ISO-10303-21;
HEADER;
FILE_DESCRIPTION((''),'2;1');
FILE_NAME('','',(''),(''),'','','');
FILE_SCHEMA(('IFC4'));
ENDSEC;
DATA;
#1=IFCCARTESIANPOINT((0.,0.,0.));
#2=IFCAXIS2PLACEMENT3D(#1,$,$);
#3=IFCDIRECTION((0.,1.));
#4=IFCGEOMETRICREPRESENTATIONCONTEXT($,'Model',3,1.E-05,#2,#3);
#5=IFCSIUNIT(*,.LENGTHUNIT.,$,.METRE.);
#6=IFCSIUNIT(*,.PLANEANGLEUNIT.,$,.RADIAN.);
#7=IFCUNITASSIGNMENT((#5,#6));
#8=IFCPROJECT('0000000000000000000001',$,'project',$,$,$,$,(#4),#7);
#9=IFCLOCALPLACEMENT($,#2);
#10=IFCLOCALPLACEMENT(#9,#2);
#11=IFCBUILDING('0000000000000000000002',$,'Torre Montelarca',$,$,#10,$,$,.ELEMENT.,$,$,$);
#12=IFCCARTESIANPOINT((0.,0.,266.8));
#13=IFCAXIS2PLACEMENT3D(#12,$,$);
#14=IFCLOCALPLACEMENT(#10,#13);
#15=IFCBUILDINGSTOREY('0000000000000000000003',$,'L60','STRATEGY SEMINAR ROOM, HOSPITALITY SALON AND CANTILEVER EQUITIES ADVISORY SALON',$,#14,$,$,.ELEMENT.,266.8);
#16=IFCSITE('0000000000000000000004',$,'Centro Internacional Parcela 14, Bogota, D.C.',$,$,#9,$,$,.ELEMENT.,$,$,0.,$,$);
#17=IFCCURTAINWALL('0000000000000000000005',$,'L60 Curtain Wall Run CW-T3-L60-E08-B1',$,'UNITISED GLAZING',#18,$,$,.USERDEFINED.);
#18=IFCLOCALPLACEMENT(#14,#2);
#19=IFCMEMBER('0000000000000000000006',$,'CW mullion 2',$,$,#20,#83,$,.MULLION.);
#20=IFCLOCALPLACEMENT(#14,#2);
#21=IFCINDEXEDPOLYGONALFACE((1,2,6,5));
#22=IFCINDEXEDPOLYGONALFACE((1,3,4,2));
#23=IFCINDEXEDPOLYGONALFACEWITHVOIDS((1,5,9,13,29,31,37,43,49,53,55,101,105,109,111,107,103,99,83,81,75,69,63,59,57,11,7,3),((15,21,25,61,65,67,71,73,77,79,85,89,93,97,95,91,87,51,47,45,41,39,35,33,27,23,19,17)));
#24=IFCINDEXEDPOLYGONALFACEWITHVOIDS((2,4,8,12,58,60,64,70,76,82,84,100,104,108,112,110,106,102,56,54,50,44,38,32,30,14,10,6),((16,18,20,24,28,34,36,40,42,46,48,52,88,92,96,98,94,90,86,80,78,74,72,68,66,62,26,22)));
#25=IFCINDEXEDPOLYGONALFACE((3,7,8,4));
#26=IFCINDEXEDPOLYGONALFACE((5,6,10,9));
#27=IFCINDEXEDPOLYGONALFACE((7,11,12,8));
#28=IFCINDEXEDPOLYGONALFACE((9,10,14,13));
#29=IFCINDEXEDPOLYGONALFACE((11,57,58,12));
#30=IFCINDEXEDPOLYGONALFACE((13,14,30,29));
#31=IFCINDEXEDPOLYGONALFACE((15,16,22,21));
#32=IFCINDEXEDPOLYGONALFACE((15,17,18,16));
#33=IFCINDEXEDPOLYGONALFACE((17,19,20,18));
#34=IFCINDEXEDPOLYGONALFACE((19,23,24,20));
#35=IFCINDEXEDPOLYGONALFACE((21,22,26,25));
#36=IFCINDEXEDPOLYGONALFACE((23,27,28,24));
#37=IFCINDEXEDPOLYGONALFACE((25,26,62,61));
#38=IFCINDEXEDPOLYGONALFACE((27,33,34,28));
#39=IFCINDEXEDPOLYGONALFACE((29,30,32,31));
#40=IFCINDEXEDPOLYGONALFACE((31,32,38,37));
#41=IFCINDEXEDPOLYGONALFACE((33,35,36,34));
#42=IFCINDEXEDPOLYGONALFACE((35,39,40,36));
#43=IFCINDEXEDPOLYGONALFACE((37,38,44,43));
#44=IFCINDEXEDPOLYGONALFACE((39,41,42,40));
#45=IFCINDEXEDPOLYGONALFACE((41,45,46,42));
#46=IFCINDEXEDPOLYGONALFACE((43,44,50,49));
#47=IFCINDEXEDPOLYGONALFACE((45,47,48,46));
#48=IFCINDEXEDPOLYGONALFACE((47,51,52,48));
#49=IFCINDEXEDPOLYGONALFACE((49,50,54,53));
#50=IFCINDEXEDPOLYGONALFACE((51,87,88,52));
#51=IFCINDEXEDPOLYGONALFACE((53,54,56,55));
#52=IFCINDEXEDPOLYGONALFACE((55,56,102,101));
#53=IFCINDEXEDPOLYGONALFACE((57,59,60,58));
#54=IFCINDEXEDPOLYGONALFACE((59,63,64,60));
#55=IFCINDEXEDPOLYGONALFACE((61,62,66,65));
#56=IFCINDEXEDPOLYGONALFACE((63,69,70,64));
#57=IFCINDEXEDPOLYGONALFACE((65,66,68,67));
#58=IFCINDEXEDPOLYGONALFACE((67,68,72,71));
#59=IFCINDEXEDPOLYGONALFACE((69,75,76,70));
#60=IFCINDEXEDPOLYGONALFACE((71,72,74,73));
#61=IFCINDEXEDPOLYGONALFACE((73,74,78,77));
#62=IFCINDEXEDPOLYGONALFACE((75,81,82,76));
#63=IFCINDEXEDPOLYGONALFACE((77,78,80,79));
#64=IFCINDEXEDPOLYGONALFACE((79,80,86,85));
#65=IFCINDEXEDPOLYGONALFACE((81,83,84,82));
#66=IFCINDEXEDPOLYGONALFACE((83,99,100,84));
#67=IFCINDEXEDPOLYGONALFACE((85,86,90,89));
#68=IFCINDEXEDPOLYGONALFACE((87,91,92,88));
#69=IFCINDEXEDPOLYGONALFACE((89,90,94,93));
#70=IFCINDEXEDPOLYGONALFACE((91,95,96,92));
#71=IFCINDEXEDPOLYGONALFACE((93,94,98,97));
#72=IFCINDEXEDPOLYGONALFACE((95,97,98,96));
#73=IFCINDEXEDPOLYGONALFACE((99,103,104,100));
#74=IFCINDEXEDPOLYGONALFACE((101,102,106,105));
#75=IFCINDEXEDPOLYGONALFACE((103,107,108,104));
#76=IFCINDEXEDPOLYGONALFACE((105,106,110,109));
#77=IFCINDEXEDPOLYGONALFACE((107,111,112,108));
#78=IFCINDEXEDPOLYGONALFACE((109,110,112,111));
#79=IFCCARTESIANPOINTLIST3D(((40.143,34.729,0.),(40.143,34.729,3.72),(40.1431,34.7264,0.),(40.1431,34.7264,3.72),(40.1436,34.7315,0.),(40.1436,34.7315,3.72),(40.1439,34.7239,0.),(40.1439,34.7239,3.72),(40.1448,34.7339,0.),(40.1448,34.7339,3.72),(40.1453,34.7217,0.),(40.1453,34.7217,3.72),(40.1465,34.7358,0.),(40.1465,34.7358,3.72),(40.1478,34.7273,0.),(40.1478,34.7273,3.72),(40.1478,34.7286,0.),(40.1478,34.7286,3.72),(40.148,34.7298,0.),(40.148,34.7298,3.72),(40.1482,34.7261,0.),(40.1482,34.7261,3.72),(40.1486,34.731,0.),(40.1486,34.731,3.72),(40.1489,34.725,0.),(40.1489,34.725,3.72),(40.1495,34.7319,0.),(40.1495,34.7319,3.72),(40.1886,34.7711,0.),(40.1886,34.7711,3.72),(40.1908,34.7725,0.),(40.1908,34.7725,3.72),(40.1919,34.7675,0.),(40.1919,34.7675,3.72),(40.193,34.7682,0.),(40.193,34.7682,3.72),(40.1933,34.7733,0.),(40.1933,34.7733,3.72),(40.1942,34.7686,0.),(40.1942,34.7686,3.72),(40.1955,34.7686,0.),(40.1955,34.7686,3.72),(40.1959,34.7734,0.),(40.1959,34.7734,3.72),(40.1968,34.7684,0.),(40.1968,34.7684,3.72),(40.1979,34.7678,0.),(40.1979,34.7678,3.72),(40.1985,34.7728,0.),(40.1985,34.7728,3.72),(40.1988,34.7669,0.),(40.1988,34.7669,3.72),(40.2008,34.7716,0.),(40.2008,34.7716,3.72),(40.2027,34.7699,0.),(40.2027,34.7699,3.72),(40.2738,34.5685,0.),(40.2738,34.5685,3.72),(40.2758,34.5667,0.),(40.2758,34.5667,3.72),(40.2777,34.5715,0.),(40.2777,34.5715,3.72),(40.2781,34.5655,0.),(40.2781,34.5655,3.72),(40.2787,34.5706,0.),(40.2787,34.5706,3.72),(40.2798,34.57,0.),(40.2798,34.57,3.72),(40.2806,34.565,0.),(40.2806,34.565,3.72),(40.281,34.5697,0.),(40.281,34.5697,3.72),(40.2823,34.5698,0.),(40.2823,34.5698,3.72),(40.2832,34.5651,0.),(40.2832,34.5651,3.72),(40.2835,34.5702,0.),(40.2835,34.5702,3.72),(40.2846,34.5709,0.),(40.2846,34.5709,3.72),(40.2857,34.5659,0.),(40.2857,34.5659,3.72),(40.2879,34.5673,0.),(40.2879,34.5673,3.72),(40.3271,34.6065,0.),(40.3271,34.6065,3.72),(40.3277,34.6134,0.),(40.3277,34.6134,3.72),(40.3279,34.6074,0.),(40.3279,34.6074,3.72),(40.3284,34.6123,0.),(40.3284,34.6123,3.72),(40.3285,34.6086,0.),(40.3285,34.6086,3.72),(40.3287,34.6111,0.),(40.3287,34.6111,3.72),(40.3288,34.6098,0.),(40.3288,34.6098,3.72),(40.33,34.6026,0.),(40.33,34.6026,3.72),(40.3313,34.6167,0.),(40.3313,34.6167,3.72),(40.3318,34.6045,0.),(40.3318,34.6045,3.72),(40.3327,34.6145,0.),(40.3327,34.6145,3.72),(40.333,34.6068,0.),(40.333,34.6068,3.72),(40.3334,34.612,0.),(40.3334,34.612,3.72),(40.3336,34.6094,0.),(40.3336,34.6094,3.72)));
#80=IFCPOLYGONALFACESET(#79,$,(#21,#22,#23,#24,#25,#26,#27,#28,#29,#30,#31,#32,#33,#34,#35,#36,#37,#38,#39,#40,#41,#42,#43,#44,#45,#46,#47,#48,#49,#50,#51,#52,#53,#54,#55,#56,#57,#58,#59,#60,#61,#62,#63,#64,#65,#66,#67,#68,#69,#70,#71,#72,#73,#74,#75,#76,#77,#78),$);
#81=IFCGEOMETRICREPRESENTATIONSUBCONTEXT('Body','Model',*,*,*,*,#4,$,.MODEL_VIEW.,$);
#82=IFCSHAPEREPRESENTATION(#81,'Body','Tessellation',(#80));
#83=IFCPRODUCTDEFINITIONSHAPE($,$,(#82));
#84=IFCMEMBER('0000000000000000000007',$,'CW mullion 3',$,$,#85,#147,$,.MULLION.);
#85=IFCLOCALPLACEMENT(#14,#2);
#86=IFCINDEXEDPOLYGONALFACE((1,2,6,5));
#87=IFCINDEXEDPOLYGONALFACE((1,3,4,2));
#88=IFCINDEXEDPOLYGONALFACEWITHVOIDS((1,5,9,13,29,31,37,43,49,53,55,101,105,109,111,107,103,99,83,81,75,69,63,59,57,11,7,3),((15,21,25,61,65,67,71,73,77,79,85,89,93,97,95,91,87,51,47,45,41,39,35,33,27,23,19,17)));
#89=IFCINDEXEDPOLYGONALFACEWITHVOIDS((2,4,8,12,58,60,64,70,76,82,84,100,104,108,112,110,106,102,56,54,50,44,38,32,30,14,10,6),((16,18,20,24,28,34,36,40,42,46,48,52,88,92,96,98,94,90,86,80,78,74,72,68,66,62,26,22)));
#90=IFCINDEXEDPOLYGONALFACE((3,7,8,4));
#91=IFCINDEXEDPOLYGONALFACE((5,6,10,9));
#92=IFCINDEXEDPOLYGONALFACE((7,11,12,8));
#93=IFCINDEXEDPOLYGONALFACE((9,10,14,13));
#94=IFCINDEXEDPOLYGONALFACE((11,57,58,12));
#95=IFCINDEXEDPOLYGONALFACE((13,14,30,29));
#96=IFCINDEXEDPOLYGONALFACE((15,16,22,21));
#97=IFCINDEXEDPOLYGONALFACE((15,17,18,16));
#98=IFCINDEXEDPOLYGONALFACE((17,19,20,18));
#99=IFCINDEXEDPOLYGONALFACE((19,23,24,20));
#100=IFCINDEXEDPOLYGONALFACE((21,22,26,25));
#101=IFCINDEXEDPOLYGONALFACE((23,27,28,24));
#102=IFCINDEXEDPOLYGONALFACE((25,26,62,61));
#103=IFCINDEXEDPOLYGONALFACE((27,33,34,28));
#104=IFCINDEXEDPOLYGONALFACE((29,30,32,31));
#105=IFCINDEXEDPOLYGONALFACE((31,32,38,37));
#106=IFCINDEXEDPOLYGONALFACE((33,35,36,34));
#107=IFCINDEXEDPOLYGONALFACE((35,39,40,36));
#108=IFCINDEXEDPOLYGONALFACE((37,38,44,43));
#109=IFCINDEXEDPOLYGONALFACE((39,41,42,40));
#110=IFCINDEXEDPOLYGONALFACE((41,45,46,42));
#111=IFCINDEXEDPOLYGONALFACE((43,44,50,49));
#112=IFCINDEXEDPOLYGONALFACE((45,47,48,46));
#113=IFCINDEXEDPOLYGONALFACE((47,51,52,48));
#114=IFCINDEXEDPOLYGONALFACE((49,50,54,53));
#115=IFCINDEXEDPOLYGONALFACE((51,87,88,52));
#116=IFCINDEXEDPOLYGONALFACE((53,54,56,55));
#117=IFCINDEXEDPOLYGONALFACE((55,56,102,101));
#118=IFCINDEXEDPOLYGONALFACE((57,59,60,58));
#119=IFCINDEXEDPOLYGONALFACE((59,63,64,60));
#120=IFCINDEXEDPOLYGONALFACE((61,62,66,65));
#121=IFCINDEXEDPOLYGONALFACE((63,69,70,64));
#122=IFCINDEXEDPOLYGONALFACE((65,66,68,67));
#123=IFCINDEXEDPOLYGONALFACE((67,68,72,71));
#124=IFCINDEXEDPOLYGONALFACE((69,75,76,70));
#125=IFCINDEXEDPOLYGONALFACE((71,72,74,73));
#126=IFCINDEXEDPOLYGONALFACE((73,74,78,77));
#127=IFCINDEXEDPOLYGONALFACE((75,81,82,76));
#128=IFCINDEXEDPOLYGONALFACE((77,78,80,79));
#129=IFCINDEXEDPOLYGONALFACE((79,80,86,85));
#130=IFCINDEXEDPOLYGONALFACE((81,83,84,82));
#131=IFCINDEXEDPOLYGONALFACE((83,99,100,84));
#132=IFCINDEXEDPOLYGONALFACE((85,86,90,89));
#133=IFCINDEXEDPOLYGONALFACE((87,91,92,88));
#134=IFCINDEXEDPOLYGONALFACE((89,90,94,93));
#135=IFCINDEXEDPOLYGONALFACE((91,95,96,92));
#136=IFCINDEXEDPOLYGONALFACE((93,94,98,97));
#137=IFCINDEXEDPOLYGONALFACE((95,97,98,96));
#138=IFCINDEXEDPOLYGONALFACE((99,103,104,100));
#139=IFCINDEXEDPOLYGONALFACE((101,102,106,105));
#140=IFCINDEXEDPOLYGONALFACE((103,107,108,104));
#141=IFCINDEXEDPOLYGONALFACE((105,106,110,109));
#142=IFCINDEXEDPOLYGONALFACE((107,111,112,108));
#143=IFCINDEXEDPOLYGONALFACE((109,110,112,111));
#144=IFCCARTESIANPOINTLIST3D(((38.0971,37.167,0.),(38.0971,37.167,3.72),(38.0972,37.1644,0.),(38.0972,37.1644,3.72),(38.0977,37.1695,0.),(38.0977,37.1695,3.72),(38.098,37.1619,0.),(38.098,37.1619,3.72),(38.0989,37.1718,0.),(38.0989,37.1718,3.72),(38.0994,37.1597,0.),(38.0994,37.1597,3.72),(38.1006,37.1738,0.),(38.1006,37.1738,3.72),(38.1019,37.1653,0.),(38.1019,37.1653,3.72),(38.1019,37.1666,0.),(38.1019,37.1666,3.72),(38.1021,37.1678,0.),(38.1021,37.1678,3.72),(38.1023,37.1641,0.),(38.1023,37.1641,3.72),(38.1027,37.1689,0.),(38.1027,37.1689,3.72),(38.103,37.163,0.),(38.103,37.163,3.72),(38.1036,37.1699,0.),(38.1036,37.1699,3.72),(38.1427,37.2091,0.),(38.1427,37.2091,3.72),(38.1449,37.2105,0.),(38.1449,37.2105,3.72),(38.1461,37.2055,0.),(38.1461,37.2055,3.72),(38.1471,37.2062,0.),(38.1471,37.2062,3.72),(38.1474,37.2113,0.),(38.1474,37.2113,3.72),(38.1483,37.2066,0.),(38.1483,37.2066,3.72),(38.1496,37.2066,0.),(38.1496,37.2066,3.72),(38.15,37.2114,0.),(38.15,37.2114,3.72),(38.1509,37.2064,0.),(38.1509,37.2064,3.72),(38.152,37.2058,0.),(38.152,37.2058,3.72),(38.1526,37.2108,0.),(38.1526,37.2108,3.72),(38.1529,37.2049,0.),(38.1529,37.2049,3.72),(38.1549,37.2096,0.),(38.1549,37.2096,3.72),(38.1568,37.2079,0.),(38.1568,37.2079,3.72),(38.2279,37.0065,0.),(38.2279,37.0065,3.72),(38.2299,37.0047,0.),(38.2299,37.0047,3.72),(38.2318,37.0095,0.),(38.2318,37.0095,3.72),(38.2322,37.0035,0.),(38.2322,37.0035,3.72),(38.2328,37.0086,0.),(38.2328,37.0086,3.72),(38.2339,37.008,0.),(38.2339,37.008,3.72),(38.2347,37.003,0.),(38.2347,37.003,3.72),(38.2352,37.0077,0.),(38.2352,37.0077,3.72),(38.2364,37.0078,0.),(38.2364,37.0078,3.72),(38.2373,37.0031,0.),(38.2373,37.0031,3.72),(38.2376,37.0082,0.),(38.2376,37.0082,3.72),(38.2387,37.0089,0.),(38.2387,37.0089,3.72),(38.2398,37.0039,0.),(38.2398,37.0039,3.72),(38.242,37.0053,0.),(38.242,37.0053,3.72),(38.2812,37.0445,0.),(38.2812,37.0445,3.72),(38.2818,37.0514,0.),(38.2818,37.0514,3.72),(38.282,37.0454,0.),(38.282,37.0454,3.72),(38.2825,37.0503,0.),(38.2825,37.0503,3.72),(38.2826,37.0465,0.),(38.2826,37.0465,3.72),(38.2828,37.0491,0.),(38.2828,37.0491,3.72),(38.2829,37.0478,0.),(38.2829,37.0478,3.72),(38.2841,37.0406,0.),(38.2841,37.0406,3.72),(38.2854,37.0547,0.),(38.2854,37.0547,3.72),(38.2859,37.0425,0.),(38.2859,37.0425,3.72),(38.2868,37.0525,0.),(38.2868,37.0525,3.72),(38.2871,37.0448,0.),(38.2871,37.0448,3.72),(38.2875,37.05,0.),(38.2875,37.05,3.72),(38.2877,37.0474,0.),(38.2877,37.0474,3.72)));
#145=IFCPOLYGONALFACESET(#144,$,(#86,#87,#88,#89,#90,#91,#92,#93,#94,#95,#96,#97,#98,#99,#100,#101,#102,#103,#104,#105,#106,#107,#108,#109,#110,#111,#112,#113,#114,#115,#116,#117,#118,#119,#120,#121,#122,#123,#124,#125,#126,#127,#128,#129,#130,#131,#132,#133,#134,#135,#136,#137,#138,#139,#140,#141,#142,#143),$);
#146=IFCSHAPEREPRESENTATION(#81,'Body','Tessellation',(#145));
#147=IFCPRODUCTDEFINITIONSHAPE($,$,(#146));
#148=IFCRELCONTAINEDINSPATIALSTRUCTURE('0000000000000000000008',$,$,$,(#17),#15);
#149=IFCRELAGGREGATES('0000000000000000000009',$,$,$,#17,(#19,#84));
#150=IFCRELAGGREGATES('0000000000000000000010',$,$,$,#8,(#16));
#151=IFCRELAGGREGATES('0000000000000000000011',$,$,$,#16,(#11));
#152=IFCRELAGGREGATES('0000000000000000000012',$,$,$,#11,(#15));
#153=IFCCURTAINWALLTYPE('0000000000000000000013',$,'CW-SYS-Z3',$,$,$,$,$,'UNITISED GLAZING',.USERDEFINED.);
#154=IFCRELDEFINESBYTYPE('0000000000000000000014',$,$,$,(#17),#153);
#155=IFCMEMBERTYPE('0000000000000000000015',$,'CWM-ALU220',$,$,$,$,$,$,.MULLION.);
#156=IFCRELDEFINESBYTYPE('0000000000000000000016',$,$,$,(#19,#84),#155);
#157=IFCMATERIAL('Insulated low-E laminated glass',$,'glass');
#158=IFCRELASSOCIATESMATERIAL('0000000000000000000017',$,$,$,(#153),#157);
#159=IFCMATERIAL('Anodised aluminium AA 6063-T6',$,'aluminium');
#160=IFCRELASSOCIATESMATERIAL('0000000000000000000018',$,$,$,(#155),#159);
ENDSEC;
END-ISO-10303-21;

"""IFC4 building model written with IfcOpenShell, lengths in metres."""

from ifc_helpers import new_model, si_unit, direction, frame, origin, origin_2d, place, context, subcontext, project, spatial, hollow_rectangle, extrude, source, transform, mapped, material, material_profile, profile_set, type_object, element, aggregate, save


model = new_model("IFC4")

# Units and contexts
model_context = context("Model", 3, precision=1e-05, world=origin(), true_north=direction((0.0, 1.0)))
body_context = subcontext(model_context, "Body", "Model", "MODEL_VIEW")
ifc_project = project(units=[si_unit("LENGTHUNIT", "METRE"), si_unit("PLANEANGLEUNIT", "RADIAN")], contexts=[model_context])

# Site, building, storey
site_placement = place(None, origin())
site = spatial("IfcSite", under=ifc_project, at=site_placement, Name="Centro Internacional Parcela 14, Bogota, D.C.", CompositionType="ELEMENT", RefElevation=0.0)
building_placement = place(site_placement, origin())
building = spatial("IfcBuilding", under=site, at=building_placement, Name="Torre Montelarca", CompositionType="ELEMENT")
storey_placement = place(building_placement, frame((0.0, 0.0, 266.8)))
storey = spatial("IfcBuildingStorey", under=building, at=storey_placement, Name="L60", Description="STRATEGY SEMINAR ROOM, HOSPITALITY SALON AND CANTILEVER EQUITIES ADVISORY SALON", CompositionType="ELEMENT", Elevation=266.8)

# Curtain wall, members
ifc_material_1 = material(Name="Insulated low-E laminated glass", Category="glass")
curtain_wall_type = type_object("IfcCurtainWallType", Name="CW-SYS-Z3", ElementType="UNITISED GLAZING", PredefinedType="USERDEFINED", material=ifc_material_1)
curtain_wall_1_placement = place(storey_placement, origin())
curtain_wall_1 = element("IfcCurtainWall", 1, at=curtain_wall_1_placement, inside=storey, type_object=curtain_wall_type, Name="L60 Curtain Wall Run CW-T3-L60-E08-B1", ObjectType="UNITISED GLAZING", PredefinedType="USERDEFINED")
ifc_material_2 = material(Name="Anodised aluminium AA 6063-T6", Category="aluminium")
ifc_material_profile_1 = material_profile(ifc_material_2, hollow_rectangle(XDim=0.075, YDim=0.22, WallThickness=0.0049, InnerFilletRadius=0.0049, OuterFilletRadius=0.01, at=origin_2d()), Name="ALU75X220X5", Category="aluminium")
ifc_profile_set_1 = profile_set([ifc_material_profile_1], Name="Anodised aluminium AA 6063-T6")
member_type_1 = type_object("IfcMemberType", Name="CWM-ALU220", PredefinedType="MULLION", material=ifc_profile_set_1)
shared_shape_1 = source(origin(), body_context, "Body", "SweptSolid", [
    extrude(hollow_rectangle(XDim=0.075, YDim=0.22, WallThickness=0.0049, InnerFilletRadius=0.0049, OuterFilletRadius=0.01, at=origin_2d()), origin(), (0.0, 0.0, 1.0), 3.72),
])
member_1_placement = place(storey_placement, frame((40.2383, 34.6692, 0.0), z_axis=(0.0, 0.0, 1.0), x_axis=(-0.766039, -0.642794, 0.0)))
member_1 = element("IfcMember", 2, at=member_1_placement, type_object=member_type_1, Name="CW mullion 2", PredefinedType="MULLION", context=body_context, shape_type="MappedRepresentation", body=[
    mapped(shared_shape_1, transform((0.0, 0.0, 0.0), scale=1.0)),
])
member_2_placement = place(storey_placement, frame((38.1924, 37.1072, 0.0), z_axis=(0.0, 0.0, 1.0), x_axis=(-0.766039, -0.642794, 0.0)))
member_2 = element("IfcMember", 3, at=member_2_placement, type_object=member_type_1, Name="CW mullion 3", PredefinedType="MULLION", context=body_context, shape_type="MappedRepresentation", body=[
    mapped(shared_shape_1, transform((0.0, 0.0, 0.0), scale=1.0)),
])

aggregate(curtain_wall_1, [member_1, member_2])

save(model, "model.ifc")
